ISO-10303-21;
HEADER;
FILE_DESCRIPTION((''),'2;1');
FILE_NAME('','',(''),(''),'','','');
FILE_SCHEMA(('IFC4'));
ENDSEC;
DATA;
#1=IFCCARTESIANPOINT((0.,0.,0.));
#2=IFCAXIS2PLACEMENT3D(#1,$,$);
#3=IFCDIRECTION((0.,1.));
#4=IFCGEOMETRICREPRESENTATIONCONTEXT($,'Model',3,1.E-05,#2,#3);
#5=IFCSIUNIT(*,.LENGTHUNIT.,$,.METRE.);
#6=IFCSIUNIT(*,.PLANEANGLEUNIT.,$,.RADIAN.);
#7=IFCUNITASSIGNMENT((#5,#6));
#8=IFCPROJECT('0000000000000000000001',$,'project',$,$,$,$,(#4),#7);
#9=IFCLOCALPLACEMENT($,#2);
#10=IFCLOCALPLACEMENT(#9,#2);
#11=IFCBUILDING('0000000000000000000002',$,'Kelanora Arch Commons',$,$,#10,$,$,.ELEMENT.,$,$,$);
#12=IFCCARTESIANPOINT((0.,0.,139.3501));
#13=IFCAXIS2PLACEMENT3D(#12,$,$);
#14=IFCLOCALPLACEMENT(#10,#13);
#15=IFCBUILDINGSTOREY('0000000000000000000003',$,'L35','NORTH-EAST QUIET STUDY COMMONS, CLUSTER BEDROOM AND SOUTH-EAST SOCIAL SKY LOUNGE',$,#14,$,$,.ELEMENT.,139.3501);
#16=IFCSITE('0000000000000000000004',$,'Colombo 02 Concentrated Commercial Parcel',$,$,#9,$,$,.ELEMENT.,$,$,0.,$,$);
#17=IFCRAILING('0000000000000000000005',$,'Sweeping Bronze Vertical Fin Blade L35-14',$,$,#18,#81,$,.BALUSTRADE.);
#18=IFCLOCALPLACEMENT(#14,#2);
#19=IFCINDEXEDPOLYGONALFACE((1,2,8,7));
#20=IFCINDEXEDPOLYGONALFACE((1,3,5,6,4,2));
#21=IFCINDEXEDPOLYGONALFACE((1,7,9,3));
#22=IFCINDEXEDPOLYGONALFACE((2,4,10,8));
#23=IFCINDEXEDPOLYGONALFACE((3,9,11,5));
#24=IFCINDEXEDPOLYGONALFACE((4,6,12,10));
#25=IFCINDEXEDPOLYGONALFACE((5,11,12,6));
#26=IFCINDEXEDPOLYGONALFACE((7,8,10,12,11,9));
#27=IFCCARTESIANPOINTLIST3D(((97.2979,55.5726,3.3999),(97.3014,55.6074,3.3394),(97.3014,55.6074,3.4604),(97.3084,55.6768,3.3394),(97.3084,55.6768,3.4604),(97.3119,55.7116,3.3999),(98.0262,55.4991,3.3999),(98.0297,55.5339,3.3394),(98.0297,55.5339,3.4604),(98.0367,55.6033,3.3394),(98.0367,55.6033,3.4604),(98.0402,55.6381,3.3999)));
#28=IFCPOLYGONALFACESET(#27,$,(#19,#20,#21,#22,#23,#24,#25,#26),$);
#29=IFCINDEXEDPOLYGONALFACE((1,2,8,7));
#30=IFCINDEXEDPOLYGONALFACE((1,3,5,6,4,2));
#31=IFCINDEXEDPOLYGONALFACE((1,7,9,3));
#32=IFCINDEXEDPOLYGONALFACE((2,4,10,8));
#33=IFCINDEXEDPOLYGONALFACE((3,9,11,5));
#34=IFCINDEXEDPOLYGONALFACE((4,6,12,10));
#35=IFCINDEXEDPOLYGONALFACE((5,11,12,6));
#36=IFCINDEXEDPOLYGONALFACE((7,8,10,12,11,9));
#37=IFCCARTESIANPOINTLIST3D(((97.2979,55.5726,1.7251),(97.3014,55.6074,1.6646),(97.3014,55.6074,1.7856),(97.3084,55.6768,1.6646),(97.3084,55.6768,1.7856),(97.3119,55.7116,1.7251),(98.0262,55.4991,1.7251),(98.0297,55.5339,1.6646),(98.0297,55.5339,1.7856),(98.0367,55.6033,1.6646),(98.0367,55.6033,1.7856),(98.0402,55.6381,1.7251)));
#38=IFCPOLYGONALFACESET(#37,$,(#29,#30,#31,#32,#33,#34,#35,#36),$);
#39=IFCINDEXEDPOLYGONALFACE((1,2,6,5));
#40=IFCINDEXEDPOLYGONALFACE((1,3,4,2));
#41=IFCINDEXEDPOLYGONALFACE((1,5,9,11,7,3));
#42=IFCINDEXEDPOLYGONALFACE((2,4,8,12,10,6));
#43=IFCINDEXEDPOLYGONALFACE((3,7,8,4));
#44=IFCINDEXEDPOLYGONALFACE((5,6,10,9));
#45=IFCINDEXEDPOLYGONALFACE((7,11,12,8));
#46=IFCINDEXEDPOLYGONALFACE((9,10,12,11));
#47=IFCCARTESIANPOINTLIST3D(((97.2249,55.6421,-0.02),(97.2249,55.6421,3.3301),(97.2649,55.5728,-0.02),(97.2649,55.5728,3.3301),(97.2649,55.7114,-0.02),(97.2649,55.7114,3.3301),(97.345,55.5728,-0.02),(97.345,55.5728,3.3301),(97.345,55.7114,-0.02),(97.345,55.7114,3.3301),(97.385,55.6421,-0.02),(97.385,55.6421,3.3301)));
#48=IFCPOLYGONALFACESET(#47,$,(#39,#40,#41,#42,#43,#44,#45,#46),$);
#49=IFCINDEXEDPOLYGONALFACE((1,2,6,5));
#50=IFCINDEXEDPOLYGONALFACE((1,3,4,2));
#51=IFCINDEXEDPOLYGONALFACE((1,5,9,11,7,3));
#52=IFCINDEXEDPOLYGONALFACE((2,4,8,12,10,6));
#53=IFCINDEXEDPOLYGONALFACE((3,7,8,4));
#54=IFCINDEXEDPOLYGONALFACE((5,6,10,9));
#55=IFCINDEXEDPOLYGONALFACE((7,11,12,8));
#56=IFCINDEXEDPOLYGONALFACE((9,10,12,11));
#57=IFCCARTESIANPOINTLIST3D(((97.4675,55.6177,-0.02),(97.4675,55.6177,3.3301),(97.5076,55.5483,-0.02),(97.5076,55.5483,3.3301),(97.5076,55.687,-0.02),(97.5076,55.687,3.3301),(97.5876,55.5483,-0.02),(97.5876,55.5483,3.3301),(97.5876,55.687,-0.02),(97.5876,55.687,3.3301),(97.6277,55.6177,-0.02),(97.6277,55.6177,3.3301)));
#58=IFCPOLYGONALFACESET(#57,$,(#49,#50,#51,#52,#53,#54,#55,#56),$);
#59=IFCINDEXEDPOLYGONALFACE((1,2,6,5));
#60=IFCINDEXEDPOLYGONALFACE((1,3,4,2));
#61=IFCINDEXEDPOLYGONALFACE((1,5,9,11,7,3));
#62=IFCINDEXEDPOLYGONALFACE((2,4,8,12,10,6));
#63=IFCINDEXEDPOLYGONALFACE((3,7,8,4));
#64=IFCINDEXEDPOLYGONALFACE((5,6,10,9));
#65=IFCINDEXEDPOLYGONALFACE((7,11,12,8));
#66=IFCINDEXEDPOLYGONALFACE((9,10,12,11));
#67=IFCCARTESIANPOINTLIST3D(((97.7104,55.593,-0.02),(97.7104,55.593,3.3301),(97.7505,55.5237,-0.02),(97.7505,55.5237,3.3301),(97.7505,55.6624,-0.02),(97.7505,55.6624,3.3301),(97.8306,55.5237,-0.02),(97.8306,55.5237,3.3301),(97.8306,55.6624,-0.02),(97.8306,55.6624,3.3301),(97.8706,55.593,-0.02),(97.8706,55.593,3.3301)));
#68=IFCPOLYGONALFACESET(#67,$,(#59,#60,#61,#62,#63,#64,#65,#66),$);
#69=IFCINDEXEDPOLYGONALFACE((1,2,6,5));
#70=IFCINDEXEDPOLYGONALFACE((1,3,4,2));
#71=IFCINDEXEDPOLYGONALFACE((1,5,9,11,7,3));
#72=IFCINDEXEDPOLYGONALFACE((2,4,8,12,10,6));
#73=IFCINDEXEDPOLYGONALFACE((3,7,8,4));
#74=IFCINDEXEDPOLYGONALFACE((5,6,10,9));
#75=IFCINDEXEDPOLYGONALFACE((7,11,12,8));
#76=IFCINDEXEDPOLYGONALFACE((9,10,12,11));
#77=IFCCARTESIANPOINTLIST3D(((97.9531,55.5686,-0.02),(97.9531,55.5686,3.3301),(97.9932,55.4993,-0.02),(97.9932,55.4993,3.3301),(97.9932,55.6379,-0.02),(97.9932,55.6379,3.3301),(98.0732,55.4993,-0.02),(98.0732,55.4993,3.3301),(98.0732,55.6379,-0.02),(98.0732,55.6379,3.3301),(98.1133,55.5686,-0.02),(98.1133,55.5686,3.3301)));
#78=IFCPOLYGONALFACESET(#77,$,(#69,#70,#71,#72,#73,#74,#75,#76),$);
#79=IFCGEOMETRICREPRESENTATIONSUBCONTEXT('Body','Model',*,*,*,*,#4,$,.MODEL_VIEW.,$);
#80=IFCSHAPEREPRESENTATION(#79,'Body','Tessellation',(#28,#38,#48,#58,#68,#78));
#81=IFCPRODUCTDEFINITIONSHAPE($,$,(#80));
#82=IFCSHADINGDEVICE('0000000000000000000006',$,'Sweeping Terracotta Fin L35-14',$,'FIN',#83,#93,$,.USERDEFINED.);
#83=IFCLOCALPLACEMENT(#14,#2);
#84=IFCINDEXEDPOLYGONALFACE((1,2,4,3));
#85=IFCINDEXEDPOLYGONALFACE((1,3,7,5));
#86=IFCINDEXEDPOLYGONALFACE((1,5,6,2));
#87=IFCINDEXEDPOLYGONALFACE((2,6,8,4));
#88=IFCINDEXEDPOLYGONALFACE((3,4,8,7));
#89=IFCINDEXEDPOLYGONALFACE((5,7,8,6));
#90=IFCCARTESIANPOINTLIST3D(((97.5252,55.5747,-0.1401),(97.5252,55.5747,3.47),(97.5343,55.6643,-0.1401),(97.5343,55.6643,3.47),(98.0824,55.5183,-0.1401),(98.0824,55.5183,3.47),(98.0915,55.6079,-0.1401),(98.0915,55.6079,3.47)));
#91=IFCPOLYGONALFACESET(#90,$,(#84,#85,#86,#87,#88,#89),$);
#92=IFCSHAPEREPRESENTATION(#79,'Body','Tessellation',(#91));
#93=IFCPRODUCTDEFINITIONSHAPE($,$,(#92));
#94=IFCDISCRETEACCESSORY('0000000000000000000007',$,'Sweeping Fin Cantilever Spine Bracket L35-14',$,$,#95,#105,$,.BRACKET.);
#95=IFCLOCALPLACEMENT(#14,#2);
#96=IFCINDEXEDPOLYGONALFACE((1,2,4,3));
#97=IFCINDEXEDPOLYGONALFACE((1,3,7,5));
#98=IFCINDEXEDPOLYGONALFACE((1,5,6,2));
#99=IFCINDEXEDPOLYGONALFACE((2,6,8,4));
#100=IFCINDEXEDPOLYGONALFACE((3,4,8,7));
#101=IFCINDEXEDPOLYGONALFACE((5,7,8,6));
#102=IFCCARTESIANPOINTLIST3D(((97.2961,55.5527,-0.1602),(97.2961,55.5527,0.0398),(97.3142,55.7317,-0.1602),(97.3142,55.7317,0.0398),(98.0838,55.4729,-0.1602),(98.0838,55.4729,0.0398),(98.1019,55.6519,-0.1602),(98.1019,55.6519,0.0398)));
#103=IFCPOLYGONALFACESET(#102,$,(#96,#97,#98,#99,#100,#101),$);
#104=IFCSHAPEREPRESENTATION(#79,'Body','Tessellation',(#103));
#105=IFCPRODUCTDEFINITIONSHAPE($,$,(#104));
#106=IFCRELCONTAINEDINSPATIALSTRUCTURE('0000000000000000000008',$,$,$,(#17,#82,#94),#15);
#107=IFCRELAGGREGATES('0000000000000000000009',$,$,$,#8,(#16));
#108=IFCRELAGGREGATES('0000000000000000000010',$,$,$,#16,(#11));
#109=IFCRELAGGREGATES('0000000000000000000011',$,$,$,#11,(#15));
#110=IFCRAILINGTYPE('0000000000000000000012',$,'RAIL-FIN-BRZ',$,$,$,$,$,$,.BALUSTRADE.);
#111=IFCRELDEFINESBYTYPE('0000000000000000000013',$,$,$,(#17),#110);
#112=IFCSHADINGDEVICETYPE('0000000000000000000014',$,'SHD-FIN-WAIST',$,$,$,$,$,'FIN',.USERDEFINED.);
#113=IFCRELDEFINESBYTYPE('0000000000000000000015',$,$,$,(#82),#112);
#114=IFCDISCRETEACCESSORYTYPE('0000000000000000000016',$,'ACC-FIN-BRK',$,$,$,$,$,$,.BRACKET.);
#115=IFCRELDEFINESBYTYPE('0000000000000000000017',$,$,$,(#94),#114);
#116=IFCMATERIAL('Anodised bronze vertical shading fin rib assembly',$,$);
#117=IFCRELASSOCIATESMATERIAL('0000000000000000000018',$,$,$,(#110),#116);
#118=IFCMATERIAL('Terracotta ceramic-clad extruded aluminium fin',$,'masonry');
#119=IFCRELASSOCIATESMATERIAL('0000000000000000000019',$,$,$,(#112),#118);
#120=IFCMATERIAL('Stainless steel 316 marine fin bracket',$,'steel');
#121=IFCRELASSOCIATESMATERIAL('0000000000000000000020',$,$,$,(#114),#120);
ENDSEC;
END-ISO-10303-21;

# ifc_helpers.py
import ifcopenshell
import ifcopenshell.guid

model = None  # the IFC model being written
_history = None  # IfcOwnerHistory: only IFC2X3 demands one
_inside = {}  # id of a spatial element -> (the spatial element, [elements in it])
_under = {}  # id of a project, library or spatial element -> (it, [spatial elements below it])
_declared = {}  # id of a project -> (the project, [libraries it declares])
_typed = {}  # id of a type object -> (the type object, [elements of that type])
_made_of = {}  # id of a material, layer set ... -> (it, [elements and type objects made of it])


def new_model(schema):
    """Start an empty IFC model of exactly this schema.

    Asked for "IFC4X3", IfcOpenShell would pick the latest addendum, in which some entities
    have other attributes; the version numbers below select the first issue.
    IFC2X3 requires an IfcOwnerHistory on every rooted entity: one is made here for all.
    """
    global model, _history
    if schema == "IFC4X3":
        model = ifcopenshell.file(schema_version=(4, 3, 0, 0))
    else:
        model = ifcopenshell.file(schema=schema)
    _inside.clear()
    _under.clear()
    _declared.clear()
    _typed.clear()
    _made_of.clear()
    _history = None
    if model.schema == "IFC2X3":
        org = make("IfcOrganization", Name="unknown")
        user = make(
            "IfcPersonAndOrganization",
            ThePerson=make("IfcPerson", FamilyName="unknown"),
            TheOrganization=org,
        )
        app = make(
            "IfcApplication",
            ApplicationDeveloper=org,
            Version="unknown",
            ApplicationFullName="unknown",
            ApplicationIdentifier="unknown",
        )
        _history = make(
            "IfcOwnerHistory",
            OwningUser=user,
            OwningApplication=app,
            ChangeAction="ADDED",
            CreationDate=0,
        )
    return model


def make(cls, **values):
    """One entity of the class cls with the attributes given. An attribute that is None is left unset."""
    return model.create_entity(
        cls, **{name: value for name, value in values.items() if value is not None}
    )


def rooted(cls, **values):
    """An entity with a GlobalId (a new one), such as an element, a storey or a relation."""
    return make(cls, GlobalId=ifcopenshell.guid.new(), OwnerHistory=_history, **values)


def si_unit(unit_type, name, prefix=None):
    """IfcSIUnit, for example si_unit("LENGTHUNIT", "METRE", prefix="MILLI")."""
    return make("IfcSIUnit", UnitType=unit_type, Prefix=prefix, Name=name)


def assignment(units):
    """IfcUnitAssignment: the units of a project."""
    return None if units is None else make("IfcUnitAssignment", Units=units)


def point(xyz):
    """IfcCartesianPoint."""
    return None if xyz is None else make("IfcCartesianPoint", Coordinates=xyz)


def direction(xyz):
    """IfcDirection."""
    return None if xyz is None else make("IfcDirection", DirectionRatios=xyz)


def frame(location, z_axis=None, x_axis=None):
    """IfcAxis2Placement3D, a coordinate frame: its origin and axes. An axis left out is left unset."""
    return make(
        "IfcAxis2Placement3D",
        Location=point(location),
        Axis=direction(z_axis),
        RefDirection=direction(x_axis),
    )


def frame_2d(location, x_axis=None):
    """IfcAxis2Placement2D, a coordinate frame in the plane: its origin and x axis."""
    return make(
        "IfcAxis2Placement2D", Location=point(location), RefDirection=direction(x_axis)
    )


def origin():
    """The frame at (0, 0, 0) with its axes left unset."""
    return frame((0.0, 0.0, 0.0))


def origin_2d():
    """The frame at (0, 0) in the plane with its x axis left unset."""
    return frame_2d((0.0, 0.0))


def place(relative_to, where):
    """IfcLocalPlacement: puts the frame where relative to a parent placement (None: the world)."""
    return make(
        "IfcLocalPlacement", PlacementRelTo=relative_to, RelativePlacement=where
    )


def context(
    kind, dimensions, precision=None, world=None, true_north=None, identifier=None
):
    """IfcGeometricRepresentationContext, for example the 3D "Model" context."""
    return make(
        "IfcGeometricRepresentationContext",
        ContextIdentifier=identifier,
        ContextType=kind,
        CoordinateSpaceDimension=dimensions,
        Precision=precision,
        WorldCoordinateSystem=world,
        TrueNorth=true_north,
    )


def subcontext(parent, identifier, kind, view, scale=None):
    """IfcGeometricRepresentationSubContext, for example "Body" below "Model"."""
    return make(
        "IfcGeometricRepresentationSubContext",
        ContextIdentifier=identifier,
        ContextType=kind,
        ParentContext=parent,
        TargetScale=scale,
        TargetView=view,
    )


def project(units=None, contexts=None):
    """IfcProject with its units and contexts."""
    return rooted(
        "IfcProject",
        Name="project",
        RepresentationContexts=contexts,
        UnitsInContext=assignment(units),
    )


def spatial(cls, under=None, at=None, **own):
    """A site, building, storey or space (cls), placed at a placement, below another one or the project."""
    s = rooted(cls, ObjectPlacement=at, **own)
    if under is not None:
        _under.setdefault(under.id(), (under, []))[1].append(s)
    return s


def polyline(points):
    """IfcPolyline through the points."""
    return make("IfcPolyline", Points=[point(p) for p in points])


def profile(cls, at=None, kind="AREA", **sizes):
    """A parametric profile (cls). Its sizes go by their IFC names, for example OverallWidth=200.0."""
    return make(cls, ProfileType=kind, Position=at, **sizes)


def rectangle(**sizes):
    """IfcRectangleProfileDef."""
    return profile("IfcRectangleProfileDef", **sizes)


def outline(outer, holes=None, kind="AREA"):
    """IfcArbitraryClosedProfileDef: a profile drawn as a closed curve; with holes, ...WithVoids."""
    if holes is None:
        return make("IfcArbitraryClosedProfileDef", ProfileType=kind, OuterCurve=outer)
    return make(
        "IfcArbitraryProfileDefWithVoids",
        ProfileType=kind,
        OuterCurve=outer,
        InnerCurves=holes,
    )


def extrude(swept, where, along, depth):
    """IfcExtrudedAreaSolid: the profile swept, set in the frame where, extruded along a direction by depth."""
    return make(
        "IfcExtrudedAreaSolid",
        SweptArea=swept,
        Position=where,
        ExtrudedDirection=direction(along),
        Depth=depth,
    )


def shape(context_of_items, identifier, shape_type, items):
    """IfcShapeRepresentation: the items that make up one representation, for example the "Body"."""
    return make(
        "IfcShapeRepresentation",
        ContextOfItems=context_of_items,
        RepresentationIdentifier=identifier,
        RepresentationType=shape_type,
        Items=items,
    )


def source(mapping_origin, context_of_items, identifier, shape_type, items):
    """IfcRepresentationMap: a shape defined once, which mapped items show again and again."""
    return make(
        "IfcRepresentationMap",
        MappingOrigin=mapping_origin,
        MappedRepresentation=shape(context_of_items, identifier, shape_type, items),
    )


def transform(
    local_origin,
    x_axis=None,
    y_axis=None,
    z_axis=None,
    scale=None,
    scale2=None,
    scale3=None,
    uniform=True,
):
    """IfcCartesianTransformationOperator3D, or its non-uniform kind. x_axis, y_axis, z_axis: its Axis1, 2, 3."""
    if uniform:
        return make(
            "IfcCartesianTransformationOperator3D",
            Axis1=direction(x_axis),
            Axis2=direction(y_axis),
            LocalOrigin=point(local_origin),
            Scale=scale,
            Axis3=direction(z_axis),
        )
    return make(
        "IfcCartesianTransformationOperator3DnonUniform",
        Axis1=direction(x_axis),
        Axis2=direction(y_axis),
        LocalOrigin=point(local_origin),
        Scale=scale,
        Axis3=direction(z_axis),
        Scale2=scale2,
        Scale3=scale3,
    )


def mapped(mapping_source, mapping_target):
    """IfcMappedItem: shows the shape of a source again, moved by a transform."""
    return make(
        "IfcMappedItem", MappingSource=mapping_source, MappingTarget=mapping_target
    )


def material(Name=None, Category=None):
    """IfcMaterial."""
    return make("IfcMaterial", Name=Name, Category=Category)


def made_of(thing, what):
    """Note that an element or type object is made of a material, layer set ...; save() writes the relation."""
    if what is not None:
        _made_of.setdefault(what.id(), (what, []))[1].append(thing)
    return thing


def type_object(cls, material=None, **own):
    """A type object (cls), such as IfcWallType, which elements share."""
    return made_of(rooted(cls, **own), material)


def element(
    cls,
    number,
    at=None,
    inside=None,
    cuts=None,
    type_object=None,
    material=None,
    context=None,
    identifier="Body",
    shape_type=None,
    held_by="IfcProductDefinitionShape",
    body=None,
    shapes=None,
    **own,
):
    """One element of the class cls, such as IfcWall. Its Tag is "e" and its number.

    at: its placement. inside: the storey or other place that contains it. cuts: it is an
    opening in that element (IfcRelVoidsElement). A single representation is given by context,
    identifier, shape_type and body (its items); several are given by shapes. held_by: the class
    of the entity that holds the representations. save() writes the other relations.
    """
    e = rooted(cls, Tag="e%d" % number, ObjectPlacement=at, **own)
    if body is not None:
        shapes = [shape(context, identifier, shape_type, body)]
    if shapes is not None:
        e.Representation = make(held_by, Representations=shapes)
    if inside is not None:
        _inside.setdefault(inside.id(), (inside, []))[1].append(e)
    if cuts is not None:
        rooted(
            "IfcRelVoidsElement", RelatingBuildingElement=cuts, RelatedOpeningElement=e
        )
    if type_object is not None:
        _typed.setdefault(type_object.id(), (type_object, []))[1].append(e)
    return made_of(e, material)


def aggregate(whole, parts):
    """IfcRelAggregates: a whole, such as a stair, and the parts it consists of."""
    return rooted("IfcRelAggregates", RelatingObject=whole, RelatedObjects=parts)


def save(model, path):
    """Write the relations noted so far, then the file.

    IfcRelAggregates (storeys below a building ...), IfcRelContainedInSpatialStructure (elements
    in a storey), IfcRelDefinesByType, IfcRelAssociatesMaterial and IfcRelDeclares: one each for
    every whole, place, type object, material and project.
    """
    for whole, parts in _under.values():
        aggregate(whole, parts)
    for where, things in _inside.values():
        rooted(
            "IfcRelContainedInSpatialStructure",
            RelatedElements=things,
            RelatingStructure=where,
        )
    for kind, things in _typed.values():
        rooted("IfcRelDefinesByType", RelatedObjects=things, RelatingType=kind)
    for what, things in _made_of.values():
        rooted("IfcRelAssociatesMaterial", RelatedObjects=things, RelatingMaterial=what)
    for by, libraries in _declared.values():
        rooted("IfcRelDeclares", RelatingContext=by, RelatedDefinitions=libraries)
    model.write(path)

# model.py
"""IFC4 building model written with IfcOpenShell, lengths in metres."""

from ifc_helpers import new_model, si_unit, direction, frame, origin, origin_2d, place, context, subcontext, project, spatial, polyline, rectangle, outline, extrude, source, transform, mapped, material, type_object, element, save


model = new_model("IFC4")

# Units and contexts
model_context = context("Model", 3, precision=1e-05, world=origin(), true_north=direction((0.0, 1.0)))
body_context = subcontext(model_context, "Body", "Model", "MODEL_VIEW")
ifc_project = project(units=[si_unit("LENGTHUNIT", "METRE"), si_unit("PLANEANGLEUNIT", "RADIAN")], contexts=[model_context])

# Site, building, storey
site_placement = place(None, origin())
site = spatial("IfcSite", under=ifc_project, at=site_placement, Name="Colombo 02 Concentrated Commercial Parcel", CompositionType="ELEMENT", RefElevation=0.0)
building_placement = place(site_placement, origin())
building = spatial("IfcBuilding", under=site, at=building_placement, Name="Kelanora Arch Commons", CompositionType="ELEMENT")
storey_placement = place(building_placement, frame((0.0, 0.0, 139.3501)))
storey = spatial("IfcBuildingStorey", under=building, at=storey_placement, Name="L35", Description="NORTH-EAST QUIET STUDY COMMONS, CLUSTER BEDROOM AND SOUTH-EAST SOCIAL SKY LOUNGE", CompositionType="ELEMENT", Elevation=139.3501)

# Railing
ifc_material_1 = material(Name="Anodised bronze vertical shading fin rib assembly")
railing_type = type_object("IfcRailingType", Name="RAIL-FIN-BRZ", PredefinedType="BALUSTRADE", material=ifc_material_1)
railing_placement = place(storey_placement, frame((97.3049, 55.6421, -0.02)))
element("IfcRailing", 1, at=railing_placement, inside=storey, type_object=railing_type, Name="Sweeping Bronze Vertical Fin Blade L35-14", PredefinedType="BALUSTRADE", context=body_context, shape_type="SweptSolid", body=[
    extrude(outline(polyline([(0.0698, 0.0), (0.0349, 0.0605), (-0.0349, 0.0605), (-0.0698, 0.0), (-0.0349, -0.0605), (0.0349, -0.0605), (0.0698, 0.0)])), frame((0.0, 0.0, 3.4199), z_axis=(0.994948, -0.100395, 0.0), x_axis=(0.100395, 0.994948, 0.0)), (0.0, 0.0, 1.0), 0.7319),
    extrude(outline(polyline([(0.0698, 0.0), (0.0349, 0.0605), (-0.0349, 0.0605), (-0.0698, 0.0), (-0.0349, -0.0605), (0.0349, -0.0605), (0.0698, 0.0)])), frame((0.0, 0.0, 1.7451), z_axis=(0.994948, -0.100395, 0.0), x_axis=(0.100395, 0.994948, 0.0)), (0.0, 0.0, 1.0), 0.7319),
    extrude(outline(polyline([(0.0801, 0.0), (0.04, 0.0693), (-0.04, 0.0693), (-0.0801, 0.0), (-0.04, -0.0693), (0.04, -0.0693), (0.0801, 0.0)])), origin(), (0.0, 0.0, 1.0), 3.3501),
    extrude(outline(polyline([(0.0801, 0.0), (0.04, 0.0693), (-0.04, 0.0693), (-0.0801, 0.0), (-0.04, -0.0693), (0.04, -0.0693), (0.0801, 0.0)])), frame((0.2427, -0.0244, 0.0)), (0.0, 0.0, 1.0), 3.3501),
    extrude(outline(polyline([(0.0801, 0.0), (0.04, 0.0693), (-0.04, 0.0693), (-0.0801, 0.0), (-0.04, -0.0693), (0.04, -0.0693), (0.0801, 0.0)])), frame((0.4856, -0.0491, 0.0)), (0.0, 0.0, 1.0), 3.3501),
    extrude(outline(polyline([(0.0801, 0.0), (0.04, 0.0693), (-0.04, 0.0693), (-0.0801, 0.0), (-0.04, -0.0693), (0.04, -0.0693), (0.0801, 0.0)])), frame((0.7283, -0.0735, 0.0)), (0.0, 0.0, 1.0), 3.3501),
])

# Shading device
ifc_material_2 = material(Name="Terracotta ceramic-clad extruded aluminium fin", Category="masonry")
shading_device_type = type_object("IfcShadingDeviceType", Name="SHD-FIN-WAIST", ElementType="FIN", PredefinedType="USERDEFINED", material=ifc_material_2)
shared_shape_1 = source(origin(), body_context, "Body", "SweptSolid", [
    extrude(rectangle(XDim=0.5601, YDim=0.0901, at=origin_2d()), origin(), (0.0, 0.0, 1.0), 3.6101),
])
shading_device_placement = place(storey_placement, frame((97.8083, 55.5913, -0.1401), z_axis=(0.0, 0.0, 1.0), x_axis=(0.994916, -0.100709, 0.0)))
element("IfcShadingDevice", 2, at=shading_device_placement, inside=storey, type_object=shading_device_type, Name="Sweeping Terracotta Fin L35-14", ObjectType="FIN", PredefinedType="USERDEFINED", context=body_context, shape_type="MappedRepresentation", body=[
    mapped(shared_shape_1, transform((0.0, 0.0, 0.0), scale=1.0)),
])

# Discrete accessory
ifc_material_3 = material(Name="Stainless steel 316 marine fin bracket", Category="steel")
discrete_accessory_type = type_object("IfcDiscreteAccessoryType", Name="ACC-FIN-BRK", PredefinedType="BRACKET", material=ifc_material_3)
shared_shape_2 = source(origin(), body_context, "Body", "SweptSolid", [
    extrude(rectangle(XDim=0.7917, YDim=0.1799, at=origin_2d()), origin(), (0.0, 0.0, 1.0), 0.2),
])
discrete_accessory_placement = place(storey_placement, frame((97.699, 55.6023, -0.1602), z_axis=(0.0, 0.0, 1.0), x_axis=(0.994916, -0.100709, 0.0)))
element("IfcDiscreteAccessory", 3, at=discrete_accessory_placement, inside=storey, type_object=discrete_accessory_type, Name="Sweeping Fin Cantilever Spine Bracket L35-14", PredefinedType="BRACKET", context=body_context, shape_type="MappedRepresentation", body=[
    mapped(shared_shape_2, transform((0.0, 0.0, 0.0), scale=1.0)),
])

save(model, "model.ifc")
